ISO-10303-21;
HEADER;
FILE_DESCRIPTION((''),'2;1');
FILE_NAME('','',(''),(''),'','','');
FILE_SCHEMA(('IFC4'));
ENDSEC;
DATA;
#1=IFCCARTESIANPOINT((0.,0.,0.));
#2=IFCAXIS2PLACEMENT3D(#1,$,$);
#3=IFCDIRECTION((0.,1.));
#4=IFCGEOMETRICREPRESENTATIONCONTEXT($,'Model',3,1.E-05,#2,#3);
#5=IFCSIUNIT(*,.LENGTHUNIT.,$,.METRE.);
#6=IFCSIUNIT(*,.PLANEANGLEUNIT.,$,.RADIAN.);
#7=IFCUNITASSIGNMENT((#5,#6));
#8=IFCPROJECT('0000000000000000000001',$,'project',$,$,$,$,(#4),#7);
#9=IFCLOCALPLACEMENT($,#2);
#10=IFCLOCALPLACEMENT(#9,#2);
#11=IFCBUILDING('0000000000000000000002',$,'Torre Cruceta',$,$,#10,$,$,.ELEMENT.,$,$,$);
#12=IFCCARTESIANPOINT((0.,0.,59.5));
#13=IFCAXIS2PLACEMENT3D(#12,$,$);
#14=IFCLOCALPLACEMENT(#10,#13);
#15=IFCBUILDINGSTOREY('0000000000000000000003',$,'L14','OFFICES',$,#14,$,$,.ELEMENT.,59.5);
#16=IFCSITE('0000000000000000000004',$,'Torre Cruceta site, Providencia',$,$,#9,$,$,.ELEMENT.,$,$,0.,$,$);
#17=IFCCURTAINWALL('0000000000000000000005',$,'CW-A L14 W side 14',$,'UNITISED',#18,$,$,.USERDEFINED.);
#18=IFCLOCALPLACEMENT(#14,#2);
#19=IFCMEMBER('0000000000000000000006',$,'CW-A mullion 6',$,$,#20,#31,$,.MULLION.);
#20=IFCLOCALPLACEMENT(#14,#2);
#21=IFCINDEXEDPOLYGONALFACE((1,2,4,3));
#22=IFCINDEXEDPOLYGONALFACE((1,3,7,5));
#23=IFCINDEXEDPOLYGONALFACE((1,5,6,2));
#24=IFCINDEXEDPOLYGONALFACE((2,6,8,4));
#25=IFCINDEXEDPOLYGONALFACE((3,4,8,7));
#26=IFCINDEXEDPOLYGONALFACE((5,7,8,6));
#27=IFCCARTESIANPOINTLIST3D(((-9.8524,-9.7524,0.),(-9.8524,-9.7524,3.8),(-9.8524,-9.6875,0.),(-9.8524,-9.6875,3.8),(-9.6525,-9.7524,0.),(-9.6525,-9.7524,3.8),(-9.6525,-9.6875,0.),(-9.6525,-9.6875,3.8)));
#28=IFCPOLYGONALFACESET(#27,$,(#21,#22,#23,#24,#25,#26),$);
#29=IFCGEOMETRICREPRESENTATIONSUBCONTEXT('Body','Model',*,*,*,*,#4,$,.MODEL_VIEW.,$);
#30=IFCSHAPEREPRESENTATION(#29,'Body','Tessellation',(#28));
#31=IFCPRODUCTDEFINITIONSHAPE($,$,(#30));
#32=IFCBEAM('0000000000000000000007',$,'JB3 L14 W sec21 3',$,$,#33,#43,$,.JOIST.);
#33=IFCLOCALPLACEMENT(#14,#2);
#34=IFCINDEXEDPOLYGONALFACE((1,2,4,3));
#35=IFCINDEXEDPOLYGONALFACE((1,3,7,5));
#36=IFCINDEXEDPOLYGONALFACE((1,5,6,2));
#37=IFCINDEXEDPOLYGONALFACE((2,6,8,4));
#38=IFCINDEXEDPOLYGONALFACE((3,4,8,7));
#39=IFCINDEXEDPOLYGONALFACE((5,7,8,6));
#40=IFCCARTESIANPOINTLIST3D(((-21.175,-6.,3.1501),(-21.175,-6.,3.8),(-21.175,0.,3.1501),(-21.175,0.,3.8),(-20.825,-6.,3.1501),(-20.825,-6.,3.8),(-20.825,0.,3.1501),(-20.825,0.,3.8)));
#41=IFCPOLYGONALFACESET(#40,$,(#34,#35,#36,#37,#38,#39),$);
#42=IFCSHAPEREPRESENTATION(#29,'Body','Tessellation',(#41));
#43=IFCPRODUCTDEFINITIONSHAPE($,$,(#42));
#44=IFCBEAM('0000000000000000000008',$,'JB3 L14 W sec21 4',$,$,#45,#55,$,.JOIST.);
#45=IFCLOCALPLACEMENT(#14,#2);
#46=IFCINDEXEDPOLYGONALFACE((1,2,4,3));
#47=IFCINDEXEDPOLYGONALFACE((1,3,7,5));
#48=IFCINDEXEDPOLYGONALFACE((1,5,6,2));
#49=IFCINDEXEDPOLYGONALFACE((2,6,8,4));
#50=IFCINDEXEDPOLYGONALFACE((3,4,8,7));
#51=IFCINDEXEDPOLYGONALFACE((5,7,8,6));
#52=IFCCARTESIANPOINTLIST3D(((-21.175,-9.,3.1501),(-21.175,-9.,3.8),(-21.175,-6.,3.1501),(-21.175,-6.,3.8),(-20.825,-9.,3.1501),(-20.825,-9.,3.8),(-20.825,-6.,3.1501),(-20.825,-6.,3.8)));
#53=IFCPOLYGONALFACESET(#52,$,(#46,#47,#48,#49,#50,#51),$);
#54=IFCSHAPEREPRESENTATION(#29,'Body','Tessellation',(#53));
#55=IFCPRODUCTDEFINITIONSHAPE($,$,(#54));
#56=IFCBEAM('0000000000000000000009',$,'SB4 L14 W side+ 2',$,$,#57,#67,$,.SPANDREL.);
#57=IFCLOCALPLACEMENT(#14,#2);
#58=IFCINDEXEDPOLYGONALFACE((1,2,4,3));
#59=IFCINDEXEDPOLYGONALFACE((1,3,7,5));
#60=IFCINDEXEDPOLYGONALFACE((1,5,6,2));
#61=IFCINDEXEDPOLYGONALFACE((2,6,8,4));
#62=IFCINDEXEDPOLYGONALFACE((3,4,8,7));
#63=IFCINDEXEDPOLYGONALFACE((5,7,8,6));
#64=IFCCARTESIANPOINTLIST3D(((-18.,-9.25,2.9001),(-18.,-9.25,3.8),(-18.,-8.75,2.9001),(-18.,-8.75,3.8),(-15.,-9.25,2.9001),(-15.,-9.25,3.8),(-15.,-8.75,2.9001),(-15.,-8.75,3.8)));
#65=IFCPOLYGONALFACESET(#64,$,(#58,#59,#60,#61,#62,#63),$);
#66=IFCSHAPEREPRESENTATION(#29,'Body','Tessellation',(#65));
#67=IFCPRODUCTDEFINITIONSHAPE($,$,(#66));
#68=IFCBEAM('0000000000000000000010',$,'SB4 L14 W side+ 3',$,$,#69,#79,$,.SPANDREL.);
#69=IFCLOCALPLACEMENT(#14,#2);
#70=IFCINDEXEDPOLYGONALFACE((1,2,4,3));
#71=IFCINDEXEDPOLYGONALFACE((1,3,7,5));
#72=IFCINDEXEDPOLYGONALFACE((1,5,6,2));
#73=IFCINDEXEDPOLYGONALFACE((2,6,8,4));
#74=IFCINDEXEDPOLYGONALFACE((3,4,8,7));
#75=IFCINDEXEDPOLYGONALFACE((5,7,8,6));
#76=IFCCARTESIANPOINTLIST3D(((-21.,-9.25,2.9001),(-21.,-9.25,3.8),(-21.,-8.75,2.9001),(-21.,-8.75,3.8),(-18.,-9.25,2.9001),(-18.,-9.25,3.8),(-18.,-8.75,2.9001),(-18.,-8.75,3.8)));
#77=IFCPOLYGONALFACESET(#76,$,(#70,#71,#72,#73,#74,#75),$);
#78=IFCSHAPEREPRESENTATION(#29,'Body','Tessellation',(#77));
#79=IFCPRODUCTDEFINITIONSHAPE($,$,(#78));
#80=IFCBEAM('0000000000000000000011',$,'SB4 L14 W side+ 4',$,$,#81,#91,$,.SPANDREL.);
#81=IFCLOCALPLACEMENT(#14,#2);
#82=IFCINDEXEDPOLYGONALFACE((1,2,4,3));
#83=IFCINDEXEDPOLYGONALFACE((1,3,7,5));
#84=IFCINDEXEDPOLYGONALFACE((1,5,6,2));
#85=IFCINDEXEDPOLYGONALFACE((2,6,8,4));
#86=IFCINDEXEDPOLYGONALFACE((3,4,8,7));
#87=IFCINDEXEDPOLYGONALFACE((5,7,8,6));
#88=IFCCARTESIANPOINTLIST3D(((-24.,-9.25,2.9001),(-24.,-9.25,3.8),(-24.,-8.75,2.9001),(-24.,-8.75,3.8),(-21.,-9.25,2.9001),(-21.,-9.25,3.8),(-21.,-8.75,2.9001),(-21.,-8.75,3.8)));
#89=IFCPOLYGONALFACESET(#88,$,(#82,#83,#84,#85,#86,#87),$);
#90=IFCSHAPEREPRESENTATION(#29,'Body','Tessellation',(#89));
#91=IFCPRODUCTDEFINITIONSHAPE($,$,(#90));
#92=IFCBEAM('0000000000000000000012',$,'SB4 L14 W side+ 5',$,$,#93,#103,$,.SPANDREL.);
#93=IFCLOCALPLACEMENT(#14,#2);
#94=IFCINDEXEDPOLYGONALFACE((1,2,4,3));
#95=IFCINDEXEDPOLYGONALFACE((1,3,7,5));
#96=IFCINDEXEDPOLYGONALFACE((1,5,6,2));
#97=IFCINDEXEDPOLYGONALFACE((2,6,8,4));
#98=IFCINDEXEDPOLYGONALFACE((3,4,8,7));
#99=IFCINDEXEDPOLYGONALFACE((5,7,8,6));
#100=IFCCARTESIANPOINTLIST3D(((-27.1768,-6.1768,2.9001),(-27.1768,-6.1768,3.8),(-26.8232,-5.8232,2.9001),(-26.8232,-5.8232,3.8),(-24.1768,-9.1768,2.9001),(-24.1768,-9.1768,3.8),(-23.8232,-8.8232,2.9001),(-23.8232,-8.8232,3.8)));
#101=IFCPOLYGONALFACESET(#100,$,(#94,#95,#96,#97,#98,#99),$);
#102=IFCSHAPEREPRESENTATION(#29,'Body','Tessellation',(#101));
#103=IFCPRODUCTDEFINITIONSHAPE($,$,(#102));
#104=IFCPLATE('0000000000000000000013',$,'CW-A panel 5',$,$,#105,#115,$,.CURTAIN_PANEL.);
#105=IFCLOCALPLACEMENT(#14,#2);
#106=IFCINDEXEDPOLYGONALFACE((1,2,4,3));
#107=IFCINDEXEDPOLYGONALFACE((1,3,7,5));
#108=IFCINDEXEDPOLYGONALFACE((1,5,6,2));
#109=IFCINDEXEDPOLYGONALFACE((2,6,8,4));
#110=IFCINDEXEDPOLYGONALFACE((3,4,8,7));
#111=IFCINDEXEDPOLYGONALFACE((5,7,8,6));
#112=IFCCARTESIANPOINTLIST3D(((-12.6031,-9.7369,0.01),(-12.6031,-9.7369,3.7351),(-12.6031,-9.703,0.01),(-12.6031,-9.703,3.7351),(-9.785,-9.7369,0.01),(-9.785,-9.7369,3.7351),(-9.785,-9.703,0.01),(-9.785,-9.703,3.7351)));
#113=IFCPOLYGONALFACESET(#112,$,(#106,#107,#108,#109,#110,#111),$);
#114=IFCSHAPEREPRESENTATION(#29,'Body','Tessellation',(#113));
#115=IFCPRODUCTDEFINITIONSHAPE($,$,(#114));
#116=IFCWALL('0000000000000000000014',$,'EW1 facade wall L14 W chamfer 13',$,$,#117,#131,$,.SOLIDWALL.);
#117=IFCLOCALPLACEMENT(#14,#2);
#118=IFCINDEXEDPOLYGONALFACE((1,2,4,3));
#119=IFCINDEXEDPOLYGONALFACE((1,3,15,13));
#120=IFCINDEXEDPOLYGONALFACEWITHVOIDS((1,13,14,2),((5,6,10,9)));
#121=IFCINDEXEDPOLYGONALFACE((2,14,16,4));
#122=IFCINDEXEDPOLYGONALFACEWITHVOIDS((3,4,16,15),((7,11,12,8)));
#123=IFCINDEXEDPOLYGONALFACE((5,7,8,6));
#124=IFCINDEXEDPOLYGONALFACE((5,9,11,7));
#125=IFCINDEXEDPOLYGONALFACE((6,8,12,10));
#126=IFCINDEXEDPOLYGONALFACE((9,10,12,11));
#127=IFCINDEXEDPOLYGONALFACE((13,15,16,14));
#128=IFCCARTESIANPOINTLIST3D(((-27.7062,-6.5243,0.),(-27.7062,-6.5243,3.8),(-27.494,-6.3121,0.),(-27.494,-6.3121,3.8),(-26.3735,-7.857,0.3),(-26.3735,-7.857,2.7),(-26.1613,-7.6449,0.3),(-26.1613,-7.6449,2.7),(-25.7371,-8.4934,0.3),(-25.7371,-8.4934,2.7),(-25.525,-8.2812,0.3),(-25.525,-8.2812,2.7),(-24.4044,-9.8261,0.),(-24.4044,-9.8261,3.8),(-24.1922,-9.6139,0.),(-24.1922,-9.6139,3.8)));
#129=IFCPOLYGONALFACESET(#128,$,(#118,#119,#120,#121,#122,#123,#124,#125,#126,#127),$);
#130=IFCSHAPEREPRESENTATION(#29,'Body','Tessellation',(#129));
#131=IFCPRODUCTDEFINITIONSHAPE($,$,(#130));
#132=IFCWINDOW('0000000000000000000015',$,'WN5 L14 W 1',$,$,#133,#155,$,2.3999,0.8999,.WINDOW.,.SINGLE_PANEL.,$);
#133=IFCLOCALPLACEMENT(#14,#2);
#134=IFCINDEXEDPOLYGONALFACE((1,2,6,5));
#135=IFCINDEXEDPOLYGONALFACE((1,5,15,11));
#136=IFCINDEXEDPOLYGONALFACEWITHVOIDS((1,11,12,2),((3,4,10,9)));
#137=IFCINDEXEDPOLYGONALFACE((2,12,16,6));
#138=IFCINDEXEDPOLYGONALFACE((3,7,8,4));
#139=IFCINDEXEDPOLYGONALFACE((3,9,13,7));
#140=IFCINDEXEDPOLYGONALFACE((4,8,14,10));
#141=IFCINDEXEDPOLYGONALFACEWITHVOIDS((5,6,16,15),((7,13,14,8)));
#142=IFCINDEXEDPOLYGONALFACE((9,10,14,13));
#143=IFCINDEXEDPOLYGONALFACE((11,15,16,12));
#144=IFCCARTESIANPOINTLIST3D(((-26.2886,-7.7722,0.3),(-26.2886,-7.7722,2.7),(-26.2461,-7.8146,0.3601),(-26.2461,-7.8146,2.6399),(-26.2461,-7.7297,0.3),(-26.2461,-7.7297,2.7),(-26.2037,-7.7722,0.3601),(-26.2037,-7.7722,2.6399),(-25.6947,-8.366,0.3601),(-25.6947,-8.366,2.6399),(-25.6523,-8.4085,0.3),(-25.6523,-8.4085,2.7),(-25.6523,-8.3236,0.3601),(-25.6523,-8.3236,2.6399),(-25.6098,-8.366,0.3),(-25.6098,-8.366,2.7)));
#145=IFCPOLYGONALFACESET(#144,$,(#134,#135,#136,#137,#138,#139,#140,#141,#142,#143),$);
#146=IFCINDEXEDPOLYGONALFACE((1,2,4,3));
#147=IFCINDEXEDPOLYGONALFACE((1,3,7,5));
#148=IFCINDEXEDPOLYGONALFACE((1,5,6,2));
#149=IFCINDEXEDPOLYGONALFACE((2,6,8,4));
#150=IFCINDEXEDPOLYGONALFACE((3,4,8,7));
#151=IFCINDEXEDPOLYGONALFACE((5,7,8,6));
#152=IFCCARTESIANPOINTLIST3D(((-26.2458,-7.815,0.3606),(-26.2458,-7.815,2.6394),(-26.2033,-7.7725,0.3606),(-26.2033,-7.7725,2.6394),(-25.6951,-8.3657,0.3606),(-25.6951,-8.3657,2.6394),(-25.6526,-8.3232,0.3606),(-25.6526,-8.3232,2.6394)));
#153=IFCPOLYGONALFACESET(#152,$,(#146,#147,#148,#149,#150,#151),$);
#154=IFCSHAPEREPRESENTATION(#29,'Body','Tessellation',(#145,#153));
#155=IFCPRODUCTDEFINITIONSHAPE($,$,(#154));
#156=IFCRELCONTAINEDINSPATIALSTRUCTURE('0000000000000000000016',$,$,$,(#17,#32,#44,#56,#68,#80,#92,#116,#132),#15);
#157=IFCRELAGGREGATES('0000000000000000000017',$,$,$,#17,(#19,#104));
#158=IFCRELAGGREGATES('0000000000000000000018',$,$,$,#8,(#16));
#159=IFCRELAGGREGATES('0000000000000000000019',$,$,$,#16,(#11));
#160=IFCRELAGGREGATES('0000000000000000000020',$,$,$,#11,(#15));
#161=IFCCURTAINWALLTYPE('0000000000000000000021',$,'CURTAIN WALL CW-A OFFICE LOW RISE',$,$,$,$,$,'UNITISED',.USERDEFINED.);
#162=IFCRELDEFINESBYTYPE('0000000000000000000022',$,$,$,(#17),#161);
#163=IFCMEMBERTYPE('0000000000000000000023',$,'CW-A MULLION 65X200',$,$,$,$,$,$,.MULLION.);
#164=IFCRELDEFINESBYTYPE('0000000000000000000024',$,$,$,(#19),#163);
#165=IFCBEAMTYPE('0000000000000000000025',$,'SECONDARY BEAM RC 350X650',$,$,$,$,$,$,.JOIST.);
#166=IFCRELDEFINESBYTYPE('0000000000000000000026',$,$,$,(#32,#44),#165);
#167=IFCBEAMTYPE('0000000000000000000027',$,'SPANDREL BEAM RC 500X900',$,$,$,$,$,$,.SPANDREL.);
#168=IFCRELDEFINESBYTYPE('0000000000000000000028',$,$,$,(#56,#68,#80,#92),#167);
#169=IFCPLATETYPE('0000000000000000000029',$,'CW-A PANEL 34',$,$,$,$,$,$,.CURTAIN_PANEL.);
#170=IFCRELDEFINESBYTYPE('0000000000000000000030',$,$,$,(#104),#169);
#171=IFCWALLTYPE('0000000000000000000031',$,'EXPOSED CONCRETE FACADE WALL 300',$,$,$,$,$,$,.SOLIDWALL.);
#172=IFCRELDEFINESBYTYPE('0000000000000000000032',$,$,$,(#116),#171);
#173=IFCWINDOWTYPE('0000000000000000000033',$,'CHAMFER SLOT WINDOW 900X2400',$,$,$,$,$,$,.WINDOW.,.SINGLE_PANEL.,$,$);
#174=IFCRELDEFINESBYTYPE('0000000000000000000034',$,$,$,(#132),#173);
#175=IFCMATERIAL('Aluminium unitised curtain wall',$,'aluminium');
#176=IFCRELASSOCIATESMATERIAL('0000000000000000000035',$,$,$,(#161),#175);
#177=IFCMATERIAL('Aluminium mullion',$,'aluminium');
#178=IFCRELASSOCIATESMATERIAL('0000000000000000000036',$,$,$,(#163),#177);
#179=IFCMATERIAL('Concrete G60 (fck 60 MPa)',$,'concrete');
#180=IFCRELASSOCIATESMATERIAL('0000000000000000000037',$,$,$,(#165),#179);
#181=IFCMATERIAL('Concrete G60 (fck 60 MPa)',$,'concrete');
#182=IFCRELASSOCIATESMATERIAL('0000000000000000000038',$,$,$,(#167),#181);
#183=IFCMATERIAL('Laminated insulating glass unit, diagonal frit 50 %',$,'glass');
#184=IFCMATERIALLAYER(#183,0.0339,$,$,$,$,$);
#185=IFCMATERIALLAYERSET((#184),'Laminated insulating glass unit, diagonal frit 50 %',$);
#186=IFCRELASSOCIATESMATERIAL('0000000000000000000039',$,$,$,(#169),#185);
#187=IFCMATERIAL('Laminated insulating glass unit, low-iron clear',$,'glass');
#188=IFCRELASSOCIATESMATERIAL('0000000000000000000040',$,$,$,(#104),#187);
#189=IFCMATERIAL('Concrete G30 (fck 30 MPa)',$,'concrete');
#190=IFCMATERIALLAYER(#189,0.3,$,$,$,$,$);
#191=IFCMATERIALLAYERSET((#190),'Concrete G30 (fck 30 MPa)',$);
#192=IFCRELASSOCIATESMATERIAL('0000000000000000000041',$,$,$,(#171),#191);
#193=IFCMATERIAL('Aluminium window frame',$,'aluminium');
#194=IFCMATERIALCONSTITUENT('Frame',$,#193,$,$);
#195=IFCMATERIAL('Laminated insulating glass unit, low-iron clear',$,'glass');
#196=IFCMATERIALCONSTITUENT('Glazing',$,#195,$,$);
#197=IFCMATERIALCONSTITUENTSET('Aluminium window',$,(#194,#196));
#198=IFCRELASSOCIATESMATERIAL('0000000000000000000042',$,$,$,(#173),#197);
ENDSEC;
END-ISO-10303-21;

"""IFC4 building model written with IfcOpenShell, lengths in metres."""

from ifc_helpers import new_model, si_unit, direction, frame, frame_2d, origin, origin_2d, place, context, subcontext, project, spatial, rectangle, hollow_rectangle, extrude, material, layer, layer_set, constituent, constituent_set, material_profile, profile_set, type_object, element, fill, aggregate, save


model = new_model("IFC4")

# Units and contexts
model_context = context("Model", 3, precision=1e-05, world=origin(), true_north=direction((0.0, 1.0)))
body_context = subcontext(model_context, "Body", "Model", "MODEL_VIEW")
ifc_project = project(units=[si_unit("LENGTHUNIT", "METRE"), si_unit("PLANEANGLEUNIT", "RADIAN")], contexts=[model_context])

# Site, building, storey
site_placement = place(None, origin())
site = spatial("IfcSite", under=ifc_project, at=site_placement, Name="Torre Cruceta site, Providencia", CompositionType="ELEMENT", RefElevation=0.0)
building_placement = place(site_placement, origin())
building = spatial("IfcBuilding", under=site, at=building_placement, Name="Torre Cruceta", CompositionType="ELEMENT")
storey_placement = place(building_placement, frame((0.0, 0.0, 59.5)))
storey = spatial("IfcBuildingStorey", under=building, at=storey_placement, Name="L14", Description="OFFICES", CompositionType="ELEMENT", Elevation=59.5)

# Curtain wall, member
ifc_material_1 = material(Name="Aluminium unitised curtain wall", Category="aluminium")
curtain_wall_type = type_object("IfcCurtainWallType", Name="CURTAIN WALL CW-A OFFICE LOW RISE", ElementType="UNITISED", PredefinedType="USERDEFINED", material=ifc_material_1)
curtain_wall_placement = place(storey_placement, origin())
curtain_wall = element("IfcCurtainWall", 1, at=curtain_wall_placement, inside=storey, type_object=curtain_wall_type, Name="CW-A L14 W side 14", ObjectType="UNITISED", PredefinedType="USERDEFINED")
ifc_material_2 = material(Name="Aluminium mullion", Category="aluminium")
ifc_material_profile_1 = material_profile(ifc_material_2, rectangle(XDim=0.0649, YDim=0.2, at=origin_2d()), Name="AL 65X200")
ifc_profile_set_1 = profile_set([ifc_material_profile_1], Name="Aluminium mullion")
member_type = type_object("IfcMemberType", Name="CW-A MULLION 65X200", PredefinedType="MULLION", material=ifc_profile_set_1)
member_placement = place(storey_placement, frame((-9.7524, -9.72, 0.0), z_axis=(0.0, 0.0, 1.0), x_axis=(0.0, 1.0, 0.0)))
member = element("IfcMember", 2, at=member_placement, type_object=member_type, Name="CW-A mullion 6", PredefinedType="MULLION", context=body_context, shape_type="SweptSolid", body=[
    extrude(rectangle(XDim=0.0649, YDim=0.2, at=origin_2d()), origin(), (0.0, 0.0, 1.0), 3.8),
])

# Beams
ifc_material_3 = material(Name="Concrete G60 (fck 60 MPa)", Category="concrete")
ifc_material_profile_2 = material_profile(ifc_material_3, rectangle(XDim=0.3501, YDim=0.6499, at=origin_2d()), Name="RC 350X650")
ifc_profile_set_2 = profile_set([ifc_material_profile_2], Name="Concrete G60 (fck 60 MPa)")
beam_type_1 = type_object("IfcBeamType", Name="SECONDARY BEAM RC 350X650", PredefinedType="JOIST", material=ifc_profile_set_2)
beam_1_placement = place(storey_placement, frame((-21.0, 0.0, 3.4751), z_axis=(0.0, -1.0, 0.0), x_axis=(1.0, 0.0, 0.0)))
element("IfcBeam", 3, at=beam_1_placement, inside=storey, type_object=beam_type_1, Name="JB3 L14 W sec21 3", PredefinedType="JOIST", context=body_context, shape_type="SweptSolid", body=[
    extrude(rectangle(XDim=0.3501, YDim=0.6499, at=origin_2d()), origin(), (0.0, 0.0, 1.0), 6.0),
])
beam_2_placement = place(storey_placement, frame((-21.0, -6.0, 3.4751), z_axis=(0.0, -1.0, 0.0), x_axis=(1.0, 0.0, 0.0)))
element("IfcBeam", 4, at=beam_2_placement, inside=storey, type_object=beam_type_1, Name="JB3 L14 W sec21 4", PredefinedType="JOIST", context=body_context, shape_type="SweptSolid", body=[
    extrude(rectangle(XDim=0.3501, YDim=0.6499, at=origin_2d()), origin(), (0.0, 0.0, 1.0), 3.0),
])
ifc_material_4 = material(Name="Concrete G60 (fck 60 MPa)", Category="concrete")
ifc_material_profile_3 = material_profile(ifc_material_4, rectangle(XDim=0.5, YDim=0.8999, at=origin_2d()), Name="RC 500X900")
ifc_profile_set_3 = profile_set([ifc_material_profile_3], Name="Concrete G60 (fck 60 MPa)")
beam_type_2 = type_object("IfcBeamType", Name="SPANDREL BEAM RC 500X900", PredefinedType="SPANDREL", material=ifc_profile_set_3)
for number, where, z_axis, x_axis, name in (
    (5, (-15.0, -9.0, 3.3501), (-1.0, 0.0, 0.0), (0.0, -1.0, 0.0), "SB4 L14 W side+ 2"),
    (6, (-18.0, -9.0, 3.3501), (-1.0, 0.0, 0.0), (0.0, -1.0, 0.0), "SB4 L14 W side+ 3"),
    (7, (-21.0, -9.0, 3.3501), (-1.0, 0.0, 0.0), (0.0, -1.0, 0.0), "SB4 L14 W side+ 4"),
):
    element("IfcBeam", number, at=place(storey_placement, frame(where, z_axis=z_axis, x_axis=x_axis)), inside=storey, type_object=beam_type_2, Name=name, PredefinedType="SPANDREL", context=body_context, shape_type="SweptSolid", body=[
        extrude(rectangle(XDim=0.5, YDim=0.8999, at=origin_2d()), origin(), (0.0, 0.0, 1.0), 3.0),
    ])
beam_3_placement = place(storey_placement, frame((-24.0, -9.0, 3.3501), z_axis=(-0.707107, 0.707107, 0.0), x_axis=(-0.707107, -0.707107, 0.0)))
element("IfcBeam", 8, at=beam_3_placement, inside=storey, type_object=beam_type_2, Name="SB4 L14 W side+ 5", PredefinedType="SPANDREL", context=body_context, shape_type="SweptSolid", body=[
    extrude(rectangle(XDim=0.5, YDim=0.8999, at=origin_2d()), origin(), (0.0, 0.0, 1.0), 4.2427),
])

# Plate
ifc_material_5 = material(Name="Laminated insulating glass unit, low-iron clear", Category="glass")
ifc_material_6 = material(Name="Laminated insulating glass unit, diagonal frit 50 %", Category="glass")
ifc_layer_1 = layer(ifc_material_6, 0.0339)
ifc_layer_set_1 = layer_set([ifc_layer_1], Name="Laminated insulating glass unit, diagonal frit 50 %")
plate_type = type_object("IfcPlateType", Name="CW-A PANEL 34", PredefinedType="CURTAIN_PANEL", material=ifc_layer_set_1)
plate_placement = place(storey_placement, frame((-11.1941, -9.72, 0.01), z_axis=(0.0, 0.0, 1.0), x_axis=(1.0, 0.0, 0.0)))
plate = element("IfcPlate", 9, at=plate_placement, type_object=plate_type, material=ifc_material_5, Name="CW-A panel 5", PredefinedType="CURTAIN_PANEL", context=body_context, shape_type="SweptSolid", body=[
    extrude(rectangle(XDim=2.8181, YDim=0.0339, at=origin_2d()), origin(), (0.0, 0.0, 1.0), 3.7251),
])
aggregate(curtain_wall, [member, plate])

# Wall, opening, window
ifc_material_7 = material(Name="Concrete G30 (fck 30 MPa)", Category="concrete")
ifc_layer_2 = layer(ifc_material_7, 0.3)
ifc_layer_set_2 = layer_set([ifc_layer_2], Name="Concrete G30 (fck 30 MPa)")
wall_type_1 = type_object("IfcWallType", Name="EXPOSED CONCRETE FACADE WALL 300", PredefinedType="SOLIDWALL", material=ifc_layer_set_2)
wall_1_placement = place(storey_placement, frame((-27.6001, -6.4182, 0.0), z_axis=(0.0, 0.0, 1.0), x_axis=(0.707107, -0.707107, 0.0)))
wall_1 = element("IfcWall", 10, at=wall_1_placement, inside=storey, type_object=wall_type_1, Name="EW1 facade wall L14 W chamfer 13", PredefinedType="SOLIDWALL", context=body_context, shape_type="SweptSolid", body=[
    extrude(rectangle(XDim=4.6694, YDim=0.3, at=frame_2d((2.3347, 0.0))), origin(), (0.0, 0.0, 1.0), 3.8),
])
opening_1_placement = place(wall_1_placement, frame((1.8848, 0.0, 0.3)))
opening_1 = element("IfcOpeningElement", 11, at=opening_1_placement, cuts=wall_1, PredefinedType="OPENING", context=body_context, shape_type="SweptSolid", body=[
    extrude(rectangle(XDim=0.8999, YDim=2.3999, at=frame_2d((0.45, 1.2))), frame((0.0, 0.1599, 0.0), z_axis=(0.0, -1.0, 0.0), x_axis=(1.0, 0.0, 0.0)), (0.0, 0.0, 1.0), 0.3201),
])
ifc_material_8 = material(Name="Aluminium window frame", Category="aluminium")
ifc_constituent_1 = constituent(ifc_material_8, Name="Frame")
ifc_material_9 = material(Name="Laminated insulating glass unit, low-iron clear", Category="glass")
ifc_constituent_2 = constituent(ifc_material_9, Name="Glazing")
ifc_constituent_set_1 = constituent_set(constituents=[ifc_constituent_1, ifc_constituent_2], Name="Aluminium window")
window_type = type_object("IfcWindowType", Name="CHAMFER SLOT WINDOW 900X2400", PartitioningType="SINGLE_PANEL", PredefinedType="WINDOW", material=ifc_constituent_set_1)
window_placement = place(opening_1_placement, origin())
window = element("IfcWindow", 12, at=window_placement, inside=storey, type_object=window_type, Name="WN5 L14 W 1", OverallHeight=2.3999, OverallWidth=0.8999, PartitioningType="SINGLE_PANEL", PredefinedType="WINDOW", context=body_context, shape_type="SweptSolid", body=[
    extrude(hollow_rectangle(XDim=0.8999, YDim=2.3999, WallThickness=0.0601, at=frame_2d((0.45, 1.2))), frame((0.0, 0.03, 0.0), z_axis=(0.0, -1.0, 0.0), x_axis=(1.0, 0.0, 0.0)), (0.0, 0.0, 1.0), 0.0601),
    extrude(rectangle(XDim=0.7788, YDim=2.2788, at=frame_2d((0.45, 1.2))), frame((0.0, 0.03, 0.0), z_axis=(0.0, -1.0, 0.0), x_axis=(1.0, 0.0, 0.0)), (0.0, 0.0, 1.0), 0.0601),
])
fill(opening_1, window)

save(model, "model.ifc")
